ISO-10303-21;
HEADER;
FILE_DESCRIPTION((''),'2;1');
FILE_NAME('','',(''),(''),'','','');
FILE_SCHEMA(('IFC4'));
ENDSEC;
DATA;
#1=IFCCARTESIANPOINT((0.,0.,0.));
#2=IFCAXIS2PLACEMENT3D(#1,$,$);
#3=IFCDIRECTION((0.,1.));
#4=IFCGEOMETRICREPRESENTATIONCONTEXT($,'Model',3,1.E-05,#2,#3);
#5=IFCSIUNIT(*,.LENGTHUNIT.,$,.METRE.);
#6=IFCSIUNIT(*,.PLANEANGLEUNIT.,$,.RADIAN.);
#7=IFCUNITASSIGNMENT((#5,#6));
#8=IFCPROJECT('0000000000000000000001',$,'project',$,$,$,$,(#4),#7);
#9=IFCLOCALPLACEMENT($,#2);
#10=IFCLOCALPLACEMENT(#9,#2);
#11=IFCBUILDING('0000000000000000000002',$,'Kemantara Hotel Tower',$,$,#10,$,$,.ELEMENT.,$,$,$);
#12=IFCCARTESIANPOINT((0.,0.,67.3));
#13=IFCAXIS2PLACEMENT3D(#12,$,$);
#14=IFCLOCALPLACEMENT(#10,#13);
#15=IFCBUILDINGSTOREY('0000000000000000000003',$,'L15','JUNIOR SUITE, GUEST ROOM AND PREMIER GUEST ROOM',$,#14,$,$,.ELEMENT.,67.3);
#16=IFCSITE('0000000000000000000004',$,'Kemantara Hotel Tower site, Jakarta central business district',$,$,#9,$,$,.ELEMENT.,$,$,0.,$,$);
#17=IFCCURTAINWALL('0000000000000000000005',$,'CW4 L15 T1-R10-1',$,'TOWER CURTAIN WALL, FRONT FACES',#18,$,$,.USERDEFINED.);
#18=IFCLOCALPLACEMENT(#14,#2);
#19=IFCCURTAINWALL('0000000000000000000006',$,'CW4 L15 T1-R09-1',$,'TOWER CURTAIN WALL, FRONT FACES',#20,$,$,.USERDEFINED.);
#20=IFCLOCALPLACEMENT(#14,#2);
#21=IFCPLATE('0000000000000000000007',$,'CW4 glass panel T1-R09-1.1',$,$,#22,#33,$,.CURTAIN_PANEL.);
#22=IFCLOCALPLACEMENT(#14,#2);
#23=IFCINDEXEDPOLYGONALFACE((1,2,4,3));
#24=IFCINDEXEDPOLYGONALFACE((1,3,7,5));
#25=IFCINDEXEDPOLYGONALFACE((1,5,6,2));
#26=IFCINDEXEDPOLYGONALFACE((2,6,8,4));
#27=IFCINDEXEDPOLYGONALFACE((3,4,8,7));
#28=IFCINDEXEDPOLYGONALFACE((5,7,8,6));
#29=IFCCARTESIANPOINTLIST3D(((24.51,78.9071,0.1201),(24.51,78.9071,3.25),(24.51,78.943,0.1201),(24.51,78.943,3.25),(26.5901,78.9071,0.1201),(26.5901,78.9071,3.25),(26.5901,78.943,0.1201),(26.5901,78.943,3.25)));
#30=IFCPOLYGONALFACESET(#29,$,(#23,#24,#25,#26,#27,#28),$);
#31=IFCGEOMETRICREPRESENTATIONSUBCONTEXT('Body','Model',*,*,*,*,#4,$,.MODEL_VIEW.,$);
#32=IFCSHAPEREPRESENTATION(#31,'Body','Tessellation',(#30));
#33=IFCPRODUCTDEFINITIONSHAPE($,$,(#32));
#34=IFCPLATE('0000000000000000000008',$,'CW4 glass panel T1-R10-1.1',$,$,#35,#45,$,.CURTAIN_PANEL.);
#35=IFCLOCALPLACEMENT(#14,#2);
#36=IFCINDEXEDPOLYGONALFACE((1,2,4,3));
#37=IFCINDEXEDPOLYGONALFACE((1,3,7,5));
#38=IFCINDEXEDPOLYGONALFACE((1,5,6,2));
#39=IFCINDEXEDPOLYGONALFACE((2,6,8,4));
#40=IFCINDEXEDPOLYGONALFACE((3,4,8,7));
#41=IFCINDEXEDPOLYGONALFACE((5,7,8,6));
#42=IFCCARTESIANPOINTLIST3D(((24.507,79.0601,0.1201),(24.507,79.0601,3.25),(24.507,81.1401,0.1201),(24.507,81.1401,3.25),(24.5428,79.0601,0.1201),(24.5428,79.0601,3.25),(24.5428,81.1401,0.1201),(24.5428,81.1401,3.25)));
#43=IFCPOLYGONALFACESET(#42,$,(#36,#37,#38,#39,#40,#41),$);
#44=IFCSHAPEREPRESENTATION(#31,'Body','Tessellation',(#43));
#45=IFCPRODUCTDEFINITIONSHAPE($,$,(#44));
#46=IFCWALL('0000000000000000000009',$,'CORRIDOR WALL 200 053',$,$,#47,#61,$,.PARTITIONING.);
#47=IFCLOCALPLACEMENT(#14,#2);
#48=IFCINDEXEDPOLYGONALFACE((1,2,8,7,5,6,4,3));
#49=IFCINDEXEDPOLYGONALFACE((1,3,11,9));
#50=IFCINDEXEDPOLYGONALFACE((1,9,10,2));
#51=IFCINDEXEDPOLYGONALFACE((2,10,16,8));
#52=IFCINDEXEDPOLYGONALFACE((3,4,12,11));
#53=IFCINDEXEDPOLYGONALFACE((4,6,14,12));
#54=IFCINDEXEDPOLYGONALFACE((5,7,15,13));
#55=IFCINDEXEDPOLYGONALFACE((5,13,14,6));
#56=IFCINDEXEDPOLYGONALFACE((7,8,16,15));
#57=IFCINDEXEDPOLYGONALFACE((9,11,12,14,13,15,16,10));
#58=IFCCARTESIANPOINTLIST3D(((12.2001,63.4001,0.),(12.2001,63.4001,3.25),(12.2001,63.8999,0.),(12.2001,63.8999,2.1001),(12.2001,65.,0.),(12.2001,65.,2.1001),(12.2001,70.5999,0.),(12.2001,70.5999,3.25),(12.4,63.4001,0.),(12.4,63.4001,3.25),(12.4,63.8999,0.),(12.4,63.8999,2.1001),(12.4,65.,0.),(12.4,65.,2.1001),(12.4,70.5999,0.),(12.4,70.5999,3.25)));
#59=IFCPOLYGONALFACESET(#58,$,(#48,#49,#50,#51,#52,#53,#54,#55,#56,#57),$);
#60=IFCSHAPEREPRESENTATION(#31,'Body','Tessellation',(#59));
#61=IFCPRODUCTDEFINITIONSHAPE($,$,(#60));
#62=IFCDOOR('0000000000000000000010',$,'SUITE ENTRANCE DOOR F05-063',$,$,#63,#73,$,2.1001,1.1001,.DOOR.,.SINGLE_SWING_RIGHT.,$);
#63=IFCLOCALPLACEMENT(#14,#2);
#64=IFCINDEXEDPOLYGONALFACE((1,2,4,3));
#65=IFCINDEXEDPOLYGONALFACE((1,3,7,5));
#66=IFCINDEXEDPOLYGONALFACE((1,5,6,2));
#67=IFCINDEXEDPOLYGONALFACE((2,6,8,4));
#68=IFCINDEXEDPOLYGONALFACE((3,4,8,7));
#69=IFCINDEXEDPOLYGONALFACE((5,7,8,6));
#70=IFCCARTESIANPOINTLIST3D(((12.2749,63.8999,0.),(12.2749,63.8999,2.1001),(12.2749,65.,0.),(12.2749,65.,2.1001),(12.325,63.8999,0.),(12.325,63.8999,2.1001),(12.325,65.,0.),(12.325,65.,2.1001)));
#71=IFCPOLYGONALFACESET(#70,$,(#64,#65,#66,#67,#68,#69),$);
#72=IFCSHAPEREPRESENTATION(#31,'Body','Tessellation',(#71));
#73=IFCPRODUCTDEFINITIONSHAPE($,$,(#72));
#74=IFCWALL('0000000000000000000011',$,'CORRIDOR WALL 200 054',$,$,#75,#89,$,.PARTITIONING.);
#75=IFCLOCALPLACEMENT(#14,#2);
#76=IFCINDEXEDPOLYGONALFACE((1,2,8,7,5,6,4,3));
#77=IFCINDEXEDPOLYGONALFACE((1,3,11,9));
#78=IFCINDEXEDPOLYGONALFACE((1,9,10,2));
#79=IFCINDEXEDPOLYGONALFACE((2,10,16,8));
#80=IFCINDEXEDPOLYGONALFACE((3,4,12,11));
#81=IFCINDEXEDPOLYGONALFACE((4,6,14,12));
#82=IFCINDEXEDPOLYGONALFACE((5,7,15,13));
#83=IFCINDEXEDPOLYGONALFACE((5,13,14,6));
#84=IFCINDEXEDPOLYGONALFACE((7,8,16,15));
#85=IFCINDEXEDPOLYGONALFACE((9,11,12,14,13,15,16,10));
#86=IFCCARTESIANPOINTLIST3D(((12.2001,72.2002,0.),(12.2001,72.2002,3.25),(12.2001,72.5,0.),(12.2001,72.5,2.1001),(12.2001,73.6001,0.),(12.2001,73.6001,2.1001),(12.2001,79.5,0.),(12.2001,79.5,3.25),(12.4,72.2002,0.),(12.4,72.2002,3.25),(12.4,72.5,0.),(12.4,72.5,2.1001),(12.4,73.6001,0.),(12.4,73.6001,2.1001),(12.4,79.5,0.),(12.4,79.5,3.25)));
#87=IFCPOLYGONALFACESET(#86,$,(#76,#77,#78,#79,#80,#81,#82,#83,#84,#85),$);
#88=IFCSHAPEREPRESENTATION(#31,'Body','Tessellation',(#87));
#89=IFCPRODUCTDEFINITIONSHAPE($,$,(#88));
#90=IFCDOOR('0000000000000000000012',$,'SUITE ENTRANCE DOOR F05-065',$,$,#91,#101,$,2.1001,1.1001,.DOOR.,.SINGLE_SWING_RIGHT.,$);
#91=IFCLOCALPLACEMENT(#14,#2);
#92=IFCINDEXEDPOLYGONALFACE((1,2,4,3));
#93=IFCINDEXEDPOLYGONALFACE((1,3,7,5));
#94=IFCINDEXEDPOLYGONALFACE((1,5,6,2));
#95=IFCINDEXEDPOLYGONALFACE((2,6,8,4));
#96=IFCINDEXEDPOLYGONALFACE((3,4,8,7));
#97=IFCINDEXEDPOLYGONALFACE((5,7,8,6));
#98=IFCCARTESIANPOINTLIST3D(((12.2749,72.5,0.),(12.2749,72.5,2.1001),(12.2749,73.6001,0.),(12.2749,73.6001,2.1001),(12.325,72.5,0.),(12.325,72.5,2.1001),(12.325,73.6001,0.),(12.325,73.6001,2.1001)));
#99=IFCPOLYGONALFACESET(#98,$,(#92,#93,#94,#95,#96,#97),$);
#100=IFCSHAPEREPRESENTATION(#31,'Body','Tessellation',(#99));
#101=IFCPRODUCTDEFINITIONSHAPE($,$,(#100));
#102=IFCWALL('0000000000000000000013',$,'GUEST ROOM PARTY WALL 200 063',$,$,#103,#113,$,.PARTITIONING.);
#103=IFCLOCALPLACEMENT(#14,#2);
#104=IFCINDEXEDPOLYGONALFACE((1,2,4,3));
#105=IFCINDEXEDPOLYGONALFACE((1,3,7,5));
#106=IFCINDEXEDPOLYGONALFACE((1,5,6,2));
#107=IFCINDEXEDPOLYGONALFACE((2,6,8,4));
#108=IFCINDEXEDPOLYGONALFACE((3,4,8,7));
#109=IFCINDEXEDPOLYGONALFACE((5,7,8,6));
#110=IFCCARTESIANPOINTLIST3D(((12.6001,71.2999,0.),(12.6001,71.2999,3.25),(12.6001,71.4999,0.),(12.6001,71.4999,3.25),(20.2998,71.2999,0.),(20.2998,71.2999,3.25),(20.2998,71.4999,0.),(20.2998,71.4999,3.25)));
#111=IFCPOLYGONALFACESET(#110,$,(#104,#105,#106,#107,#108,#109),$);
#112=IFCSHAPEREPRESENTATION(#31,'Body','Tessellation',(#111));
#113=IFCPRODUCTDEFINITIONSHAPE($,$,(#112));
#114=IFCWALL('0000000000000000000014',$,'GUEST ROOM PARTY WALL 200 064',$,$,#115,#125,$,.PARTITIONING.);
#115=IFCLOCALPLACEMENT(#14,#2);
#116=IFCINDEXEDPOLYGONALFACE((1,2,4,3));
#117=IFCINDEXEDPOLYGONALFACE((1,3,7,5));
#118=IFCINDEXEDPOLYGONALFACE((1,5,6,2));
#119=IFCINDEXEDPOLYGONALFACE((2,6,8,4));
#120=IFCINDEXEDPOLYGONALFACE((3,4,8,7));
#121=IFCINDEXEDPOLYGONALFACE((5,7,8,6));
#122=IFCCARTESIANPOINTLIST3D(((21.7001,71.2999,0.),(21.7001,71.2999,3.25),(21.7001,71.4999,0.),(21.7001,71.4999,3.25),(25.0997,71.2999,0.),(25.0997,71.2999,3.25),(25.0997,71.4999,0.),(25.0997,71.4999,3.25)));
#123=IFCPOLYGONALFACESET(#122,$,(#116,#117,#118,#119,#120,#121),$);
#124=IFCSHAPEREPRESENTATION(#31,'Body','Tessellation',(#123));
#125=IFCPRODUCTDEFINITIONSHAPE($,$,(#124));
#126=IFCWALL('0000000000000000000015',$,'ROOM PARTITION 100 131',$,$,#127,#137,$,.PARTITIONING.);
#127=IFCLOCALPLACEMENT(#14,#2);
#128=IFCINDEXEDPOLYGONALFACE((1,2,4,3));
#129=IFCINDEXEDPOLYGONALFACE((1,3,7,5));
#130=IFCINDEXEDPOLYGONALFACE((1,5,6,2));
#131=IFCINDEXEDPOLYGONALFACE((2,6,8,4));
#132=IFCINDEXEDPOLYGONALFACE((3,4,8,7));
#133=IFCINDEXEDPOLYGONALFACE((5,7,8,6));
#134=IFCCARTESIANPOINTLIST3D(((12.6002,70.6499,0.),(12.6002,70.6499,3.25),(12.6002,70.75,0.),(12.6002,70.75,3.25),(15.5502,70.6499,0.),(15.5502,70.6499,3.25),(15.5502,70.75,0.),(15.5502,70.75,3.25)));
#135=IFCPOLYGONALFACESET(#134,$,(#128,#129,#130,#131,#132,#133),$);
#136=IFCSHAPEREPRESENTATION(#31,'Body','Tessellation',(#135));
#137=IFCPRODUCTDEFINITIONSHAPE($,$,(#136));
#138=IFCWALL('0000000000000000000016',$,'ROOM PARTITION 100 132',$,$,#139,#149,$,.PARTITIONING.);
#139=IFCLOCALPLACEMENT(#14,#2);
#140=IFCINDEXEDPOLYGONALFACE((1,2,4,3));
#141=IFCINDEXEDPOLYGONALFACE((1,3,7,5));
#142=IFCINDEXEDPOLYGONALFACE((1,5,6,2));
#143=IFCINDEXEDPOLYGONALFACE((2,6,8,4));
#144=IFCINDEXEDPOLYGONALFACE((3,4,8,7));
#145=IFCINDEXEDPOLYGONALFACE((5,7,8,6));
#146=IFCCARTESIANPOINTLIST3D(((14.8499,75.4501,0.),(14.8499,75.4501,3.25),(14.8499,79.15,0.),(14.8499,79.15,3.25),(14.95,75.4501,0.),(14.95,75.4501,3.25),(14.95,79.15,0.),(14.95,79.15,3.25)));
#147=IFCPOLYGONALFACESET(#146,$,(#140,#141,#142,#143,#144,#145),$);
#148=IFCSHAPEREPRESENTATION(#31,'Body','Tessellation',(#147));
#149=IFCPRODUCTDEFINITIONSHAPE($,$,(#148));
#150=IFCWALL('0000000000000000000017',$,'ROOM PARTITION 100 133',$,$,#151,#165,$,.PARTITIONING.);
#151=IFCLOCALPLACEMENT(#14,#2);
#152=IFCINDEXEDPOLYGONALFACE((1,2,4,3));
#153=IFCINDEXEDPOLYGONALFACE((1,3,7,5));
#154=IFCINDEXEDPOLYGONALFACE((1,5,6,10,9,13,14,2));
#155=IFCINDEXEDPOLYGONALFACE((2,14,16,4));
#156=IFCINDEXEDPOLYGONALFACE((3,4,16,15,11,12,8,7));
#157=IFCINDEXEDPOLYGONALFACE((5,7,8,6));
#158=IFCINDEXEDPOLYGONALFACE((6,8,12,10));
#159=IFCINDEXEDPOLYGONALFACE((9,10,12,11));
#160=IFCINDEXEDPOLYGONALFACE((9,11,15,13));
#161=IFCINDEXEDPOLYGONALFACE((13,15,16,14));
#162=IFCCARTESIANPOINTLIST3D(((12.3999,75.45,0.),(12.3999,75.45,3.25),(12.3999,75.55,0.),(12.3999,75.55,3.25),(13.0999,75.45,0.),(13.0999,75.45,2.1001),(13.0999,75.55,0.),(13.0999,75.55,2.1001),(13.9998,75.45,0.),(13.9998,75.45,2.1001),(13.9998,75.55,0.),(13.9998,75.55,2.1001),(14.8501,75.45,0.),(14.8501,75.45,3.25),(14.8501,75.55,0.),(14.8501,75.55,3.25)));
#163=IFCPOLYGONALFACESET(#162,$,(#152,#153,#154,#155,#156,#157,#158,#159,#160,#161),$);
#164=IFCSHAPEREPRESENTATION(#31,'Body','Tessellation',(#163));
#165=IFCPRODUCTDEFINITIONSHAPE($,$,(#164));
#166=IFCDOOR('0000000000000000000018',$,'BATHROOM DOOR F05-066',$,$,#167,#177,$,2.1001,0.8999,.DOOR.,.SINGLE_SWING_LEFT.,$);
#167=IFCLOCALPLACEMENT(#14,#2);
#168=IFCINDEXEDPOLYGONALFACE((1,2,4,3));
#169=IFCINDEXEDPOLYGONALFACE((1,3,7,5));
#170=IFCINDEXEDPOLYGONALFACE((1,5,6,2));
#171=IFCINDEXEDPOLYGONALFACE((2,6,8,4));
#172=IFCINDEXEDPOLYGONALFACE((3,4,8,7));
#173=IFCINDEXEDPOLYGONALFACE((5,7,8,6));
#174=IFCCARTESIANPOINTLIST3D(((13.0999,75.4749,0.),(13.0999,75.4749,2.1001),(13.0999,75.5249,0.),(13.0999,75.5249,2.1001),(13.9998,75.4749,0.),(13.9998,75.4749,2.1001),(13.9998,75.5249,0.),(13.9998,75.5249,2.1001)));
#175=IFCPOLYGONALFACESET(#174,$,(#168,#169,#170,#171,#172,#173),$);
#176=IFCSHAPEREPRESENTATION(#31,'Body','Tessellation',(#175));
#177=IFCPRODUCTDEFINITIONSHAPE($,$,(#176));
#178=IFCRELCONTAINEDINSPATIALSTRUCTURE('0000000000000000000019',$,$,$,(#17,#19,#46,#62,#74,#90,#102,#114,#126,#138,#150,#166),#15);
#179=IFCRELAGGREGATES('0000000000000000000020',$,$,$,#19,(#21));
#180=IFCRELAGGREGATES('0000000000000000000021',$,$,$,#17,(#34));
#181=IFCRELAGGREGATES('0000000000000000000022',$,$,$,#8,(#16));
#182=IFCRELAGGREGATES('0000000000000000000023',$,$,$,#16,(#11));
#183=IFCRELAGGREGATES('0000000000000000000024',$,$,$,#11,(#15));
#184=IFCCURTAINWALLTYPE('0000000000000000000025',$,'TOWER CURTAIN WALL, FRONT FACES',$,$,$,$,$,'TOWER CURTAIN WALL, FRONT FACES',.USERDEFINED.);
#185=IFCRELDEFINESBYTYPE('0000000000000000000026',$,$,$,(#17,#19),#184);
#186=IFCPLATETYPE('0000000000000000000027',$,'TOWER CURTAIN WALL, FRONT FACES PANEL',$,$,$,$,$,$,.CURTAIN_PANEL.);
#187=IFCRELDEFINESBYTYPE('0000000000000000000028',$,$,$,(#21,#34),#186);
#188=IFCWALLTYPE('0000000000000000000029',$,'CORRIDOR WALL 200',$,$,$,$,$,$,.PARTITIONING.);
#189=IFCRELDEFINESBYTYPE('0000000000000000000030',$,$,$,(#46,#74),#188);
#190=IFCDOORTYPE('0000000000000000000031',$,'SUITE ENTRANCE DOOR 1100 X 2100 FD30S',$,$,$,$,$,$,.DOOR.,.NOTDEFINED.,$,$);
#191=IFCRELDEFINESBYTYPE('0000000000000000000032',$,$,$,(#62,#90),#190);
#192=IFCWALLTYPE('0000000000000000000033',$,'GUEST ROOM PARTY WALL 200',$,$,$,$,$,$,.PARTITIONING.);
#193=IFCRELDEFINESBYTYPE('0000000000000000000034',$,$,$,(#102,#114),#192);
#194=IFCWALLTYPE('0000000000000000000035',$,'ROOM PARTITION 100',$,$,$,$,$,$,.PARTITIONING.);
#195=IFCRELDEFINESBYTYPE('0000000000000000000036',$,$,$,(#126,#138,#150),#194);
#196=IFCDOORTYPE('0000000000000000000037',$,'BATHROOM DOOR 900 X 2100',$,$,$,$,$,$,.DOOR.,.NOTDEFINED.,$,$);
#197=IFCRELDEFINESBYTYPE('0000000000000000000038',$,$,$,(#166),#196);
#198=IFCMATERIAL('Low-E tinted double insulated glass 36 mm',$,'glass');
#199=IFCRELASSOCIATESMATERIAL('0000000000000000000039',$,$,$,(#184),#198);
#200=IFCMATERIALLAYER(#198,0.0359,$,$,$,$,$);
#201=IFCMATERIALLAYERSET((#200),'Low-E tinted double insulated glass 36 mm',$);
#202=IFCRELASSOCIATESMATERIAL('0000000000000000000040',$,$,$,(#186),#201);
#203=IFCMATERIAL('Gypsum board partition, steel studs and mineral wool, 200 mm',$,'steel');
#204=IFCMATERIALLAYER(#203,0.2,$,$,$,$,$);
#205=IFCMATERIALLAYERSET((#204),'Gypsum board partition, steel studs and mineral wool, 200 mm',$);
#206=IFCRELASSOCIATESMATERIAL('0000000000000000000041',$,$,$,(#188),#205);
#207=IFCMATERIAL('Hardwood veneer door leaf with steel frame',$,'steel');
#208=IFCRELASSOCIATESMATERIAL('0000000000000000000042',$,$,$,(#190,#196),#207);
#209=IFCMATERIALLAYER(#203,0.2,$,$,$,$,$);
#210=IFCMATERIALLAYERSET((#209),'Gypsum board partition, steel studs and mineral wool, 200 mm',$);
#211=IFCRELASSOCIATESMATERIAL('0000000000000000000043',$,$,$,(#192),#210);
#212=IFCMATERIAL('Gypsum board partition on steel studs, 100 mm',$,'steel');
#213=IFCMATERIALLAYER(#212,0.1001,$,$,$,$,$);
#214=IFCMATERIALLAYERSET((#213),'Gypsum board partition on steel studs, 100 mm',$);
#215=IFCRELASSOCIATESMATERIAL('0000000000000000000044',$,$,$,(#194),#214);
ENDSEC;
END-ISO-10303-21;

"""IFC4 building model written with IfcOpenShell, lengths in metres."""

from ifc_helpers import new_model, si_unit, direction, frame, frame_2d, origin, origin_2d, place, context, subcontext, project, spatial, rectangle, extrude, source, transform, mapped, material, layer, layer_set, type_object, element, fill, aggregate, save


model = new_model("IFC4")

# Units and contexts
model_context = context("Model", 3, precision=1e-05, world=origin(), true_north=direction((0.0, 1.0)))
body_context = subcontext(model_context, "Body", "Model", "MODEL_VIEW")
ifc_project = project(units=[si_unit("LENGTHUNIT", "METRE"), si_unit("PLANEANGLEUNIT", "RADIAN")], contexts=[model_context])

# Site, building, storey
site_placement = place(None, origin())
site = spatial("IfcSite", under=ifc_project, at=site_placement, Name="Kemantara Hotel Tower site, Jakarta central business district", CompositionType="ELEMENT", RefElevation=0.0)
building_placement = place(site_placement, origin())
building = spatial("IfcBuilding", under=site, at=building_placement, Name="Kemantara Hotel Tower", CompositionType="ELEMENT")
storey_placement = place(building_placement, frame((0.0, 0.0, 67.3)))
storey = spatial("IfcBuildingStorey", under=building, at=storey_placement, Name="L15", Description="JUNIOR SUITE, GUEST ROOM AND PREMIER GUEST ROOM", CompositionType="ELEMENT", Elevation=67.3)

# Curtain wall
ifc_material_1 = material(Name="Low-E tinted double insulated glass 36 mm", Category="glass")
curtain_wall_type = type_object("IfcCurtainWallType", Name="TOWER CURTAIN WALL, FRONT FACES", ElementType="TOWER CURTAIN WALL, FRONT FACES", PredefinedType="USERDEFINED", material=ifc_material_1)
curtain_wall_1_placement = place(storey_placement, origin())
curtain_wall_1 = element("IfcCurtainWall", 1, at=curtain_wall_1_placement, inside=storey, type_object=curtain_wall_type, Name="CW4 L15 T1-R10-1", ObjectType="TOWER CURTAIN WALL, FRONT FACES", PredefinedType="USERDEFINED")

# Curtain wall
curtain_wall_2_placement = place(storey_placement, origin())
curtain_wall_2 = element("IfcCurtainWall", 2, at=curtain_wall_2_placement, inside=storey, type_object=curtain_wall_type, Name="CW4 L15 T1-R09-1", ObjectType="TOWER CURTAIN WALL, FRONT FACES", PredefinedType="USERDEFINED")

# Plates
ifc_layer_1 = layer(ifc_material_1, 0.0359)
ifc_layer_set_1 = layer_set([ifc_layer_1], Name="Low-E tinted double insulated glass 36 mm")
plate_type = type_object("IfcPlateType", Name="TOWER CURTAIN WALL, FRONT FACES PANEL", PredefinedType="CURTAIN_PANEL", material=ifc_layer_set_1)
shared_shape_1 = source(origin(), body_context, "Body", "SweptSolid", [
    extrude(rectangle(XDim=2.0801, YDim=0.0359, at=origin_2d()), origin(), (0.0, 0.0, 1.0), 3.1299),
])
plate_1_placement = place(storey_placement, frame((25.55, 78.925, 0.1201), z_axis=(0.0, 0.0, 1.0), x_axis=(-1.0, 0.0, 0.0)))
plate_1 = element("IfcPlate", 3, at=plate_1_placement, type_object=plate_type, Name="CW4 glass panel T1-R09-1.1", PredefinedType="CURTAIN_PANEL", context=body_context, shape_type="MappedRepresentation", body=[
    mapped(shared_shape_1, transform((0.0, 0.0, 0.0))),
])
aggregate(curtain_wall_2, [plate_1])
plate_2_placement = place(storey_placement, frame((24.5249, 80.1001, 0.1201), z_axis=(0.0, 0.0, 1.0), x_axis=(0.0, 1.0, 0.0)))
plate_2 = element("IfcPlate", 4, at=plate_2_placement, type_object=plate_type, Name="CW4 glass panel T1-R10-1.1", PredefinedType="CURTAIN_PANEL", context=body_context, shape_type="MappedRepresentation", body=[
    mapped(shared_shape_1, transform((0.0, 0.0, 0.0))),
])
aggregate(curtain_wall_1, [plate_2])

# Walls, openings, doors
ifc_material_2 = material(Name="Gypsum board partition, steel studs and mineral wool, 200 mm", Category="steel")
ifc_layer_2 = layer(ifc_material_2, 0.2)
ifc_layer_set_2 = layer_set([ifc_layer_2], Name="Gypsum board partition, steel studs and mineral wool, 200 mm")
wall_type_1 = type_object("IfcWallType", Name="CORRIDOR WALL 200", PredefinedType="PARTITIONING", material=ifc_layer_set_2)
wall_1_placement = place(storey_placement, frame((12.3, 70.5999, 0.0), z_axis=(0.0, 0.0, 1.0), x_axis=(0.0, -1.0, 0.0)))
wall_1 = element("IfcWall", 5, at=wall_1_placement, inside=storey, type_object=wall_type_1, Name="CORRIDOR WALL 200 053", PredefinedType="PARTITIONING", context=body_context, shape_type="SweptSolid", body=[
    extrude(rectangle(XDim=7.1997, YDim=0.2, at=frame_2d((3.5999, 0.0))), origin(), (0.0, 0.0, 1.0), 3.25),
])
opening_1_placement = place(wall_1_placement, frame((5.5999, 0.0, 0.0)))
opening_1 = element("IfcOpeningElement", 6, at=opening_1_placement, cuts=wall_1, PredefinedType="OPENING", context=body_context, shape_type="SweptSolid", body=[
    extrude(rectangle(XDim=1.1001, YDim=2.1001, at=frame_2d((0.55, 1.05))), frame((0.0, 0.1099, 0.0), z_axis=(0.0, -1.0, 0.0), x_axis=(1.0, 0.0, 0.0)), (0.0, 0.0, 1.0), 0.22),
])
ifc_material_3 = material(Name="Hardwood veneer door leaf with steel frame", Category="steel")
door_type_1 = type_object("IfcDoorType", Name="SUITE ENTRANCE DOOR 1100 X 2100 FD30S", OperationType="NOTDEFINED", PredefinedType="DOOR", material=ifc_material_3)
door_1_placement = place(opening_1_placement, origin())
door_1 = element("IfcDoor", 7, at=door_1_placement, inside=storey, type_object=door_type_1, Name="SUITE ENTRANCE DOOR F05-063", OperationType="SINGLE_SWING_RIGHT", OverallHeight=2.1001, OverallWidth=1.1001, PredefinedType="DOOR", context=body_context, shape_type="SweptSolid", body=[
    extrude(rectangle(XDim=1.1001, YDim=2.1001, at=frame_2d((0.55, 1.05))), frame((0.0, 0.0249, 0.0), z_axis=(0.0, -1.0, 0.0), x_axis=(1.0, 0.0, 0.0)), (0.0, 0.0, 1.0), 0.05),
])
fill(opening_1, door_1)
wall_2_placement = place(storey_placement, frame((12.3, 79.5, 0.0), z_axis=(0.0, 0.0, 1.0), x_axis=(0.0, -1.0, 0.0)))
wall_2 = element("IfcWall", 8, at=wall_2_placement, inside=storey, type_object=wall_type_1, Name="CORRIDOR WALL 200 054", PredefinedType="PARTITIONING", context=body_context, shape_type="SweptSolid", body=[
    extrude(rectangle(XDim=7.2998, YDim=0.2, at=frame_2d((3.6499, 0.0))), origin(), (0.0, 0.0, 1.0), 3.25),
])
opening_2_placement = place(wall_2_placement, frame((5.8999, 0.0, 0.0)))
opening_2 = element("IfcOpeningElement", 9, at=opening_2_placement, cuts=wall_2, PredefinedType="OPENING", context=body_context, shape_type="SweptSolid", body=[
    extrude(rectangle(XDim=1.1001, YDim=2.1001, at=frame_2d((0.55, 1.05))), frame((0.0, 0.1099, 0.0), z_axis=(0.0, -1.0, 0.0), x_axis=(1.0, 0.0, 0.0)), (0.0, 0.0, 1.0), 0.22),
])
door_2_placement = place(opening_2_placement, origin())
door_2 = element("IfcDoor", 10, at=door_2_placement, inside=storey, type_object=door_type_1, Name="SUITE ENTRANCE DOOR F05-065", OperationType="SINGLE_SWING_RIGHT", OverallHeight=2.1001, OverallWidth=1.1001, PredefinedType="DOOR", context=body_context, shape_type="SweptSolid", body=[
    extrude(rectangle(XDim=1.1001, YDim=2.1001, at=frame_2d((0.55, 1.05))), frame((0.0, 0.0249, 0.0), z_axis=(0.0, -1.0, 0.0), x_axis=(1.0, 0.0, 0.0)), (0.0, 0.0, 1.0), 0.05),
])
fill(opening_2, door_2)

# Walls
ifc_layer_3 = layer(ifc_material_2, 0.2)
ifc_layer_set_3 = layer_set([ifc_layer_3], Name="Gypsum board partition, steel studs and mineral wool, 200 mm")
wall_type_2 = type_object("IfcWallType", Name="GUEST ROOM PARTY WALL 200", PredefinedType="PARTITIONING", material=ifc_layer_set_3)
wall_3_placement = place(storey_placement, frame((12.6001, 71.3999, 0.0), z_axis=(0.0, 0.0, 1.0), x_axis=(1.0, 0.0, 0.0)))
element("IfcWall", 11, at=wall_3_placement, inside=storey, type_object=wall_type_2, Name="GUEST ROOM PARTY WALL 200 063", PredefinedType="PARTITIONING", context=body_context, shape_type="SweptSolid", body=[
    extrude(rectangle(XDim=7.6997, YDim=0.2, at=frame_2d((3.8499, 0.0))), origin(), (0.0, 0.0, 1.0), 3.25),
])
wall_4_placement = place(storey_placement, frame((21.7002, 71.3999, 0.0), z_axis=(0.0, 0.0, 1.0), x_axis=(1.0, 0.0, 0.0)))
element("IfcWall", 12, at=wall_4_placement, inside=storey, type_object=wall_type_2, Name="GUEST ROOM PARTY WALL 200 064", PredefinedType="PARTITIONING", context=body_context, shape_type="SweptSolid", body=[
    extrude(rectangle(XDim=3.3997, YDim=0.2, at=frame_2d((1.6997, 0.0))), origin(), (0.0, 0.0, 1.0), 3.25),
])
ifc_material_4 = material(Name="Gypsum board partition on steel studs, 100 mm", Category="steel")
ifc_layer_4 = layer(ifc_material_4, 0.1001)
ifc_layer_set_4 = layer_set([ifc_layer_4], Name="Gypsum board partition on steel studs, 100 mm")
wall_type_3 = type_object("IfcWallType", Name="ROOM PARTITION 100", PredefinedType="PARTITIONING", material=ifc_layer_set_4)
wall_5_placement = place(storey_placement, frame((12.6001, 70.7, 0.0), z_axis=(0.0, 0.0, 1.0), x_axis=(1.0, 0.0, 0.0)))
element("IfcWall", 13, at=wall_5_placement, inside=storey, type_object=wall_type_3, Name="ROOM PARTITION 100 131", PredefinedType="PARTITIONING", context=body_context, shape_type="SweptSolid", body=[
    extrude(rectangle(XDim=2.95, YDim=0.1001, at=frame_2d((1.4751, 0.0))), origin(), (0.0, 0.0, 1.0), 3.25),
])
wall_6_placement = place(storey_placement, frame((14.8999, 75.45, 0.0), z_axis=(0.0, 0.0, 1.0), x_axis=(0.0, 1.0, 0.0)))
element("IfcWall", 14, at=wall_6_placement, inside=storey, type_object=wall_type_3, Name="ROOM PARTITION 100 132", PredefinedType="PARTITIONING", context=body_context, shape_type="SweptSolid", body=[
    extrude(rectangle(XDim=3.7, YDim=0.1001, at=frame_2d((1.8501, 0.0))), origin(), (0.0, 0.0, 1.0), 3.25),
])

# Wall, opening, door
wall_7_placement = place(storey_placement, frame((12.3999, 75.5, 0.0), z_axis=(0.0, 0.0, 1.0), x_axis=(1.0, 0.0, 0.0)))
wall_7 = element("IfcWall", 15, at=wall_7_placement, inside=storey, type_object=wall_type_3, Name="ROOM PARTITION 100 133", PredefinedType="PARTITIONING", context=body_context, shape_type="SweptSolid", body=[
    extrude(rectangle(XDim=2.4502, YDim=0.1001, at=frame_2d((1.2251, 0.0))), origin(), (0.0, 0.0, 1.0), 3.25),
])
opening_3_placement = place(wall_7_placement, frame((0.7, 0.0, 0.0)))
opening_3 = element("IfcOpeningElement", 16, at=opening_3_placement, cuts=wall_7, PredefinedType="OPENING", context=body_context, shape_type="SweptSolid", body=[
    extrude(rectangle(XDim=0.8999, YDim=2.1001, at=frame_2d((0.45, 1.05))), frame((0.0, 0.0601, 0.0), z_axis=(0.0, -1.0, 0.0), x_axis=(1.0, 0.0, 0.0)), (0.0, 0.0, 1.0), 0.1201),
])
door_type_2 = type_object("IfcDoorType", Name="BATHROOM DOOR 900 X 2100", OperationType="NOTDEFINED", PredefinedType="DOOR", material=ifc_material_3)
door_3_placement = place(opening_3_placement, origin())
door_3 = element("IfcDoor", 17, at=door_3_placement, inside=storey, type_object=door_type_2, Name="BATHROOM DOOR F05-066", OperationType="SINGLE_SWING_LEFT", OverallHeight=2.1001, OverallWidth=0.8999, PredefinedType="DOOR", context=body_context, shape_type="SweptSolid", body=[
    extrude(rectangle(XDim=0.8999, YDim=2.1001, at=frame_2d((0.45, 1.05))), frame((0.0, 0.0249, 0.0), z_axis=(0.0, -1.0, 0.0), x_axis=(1.0, 0.0, 0.0)), (0.0, 0.0, 1.0), 0.05),
])
fill(opening_3, door_3)

save(model, "model.ifc")
